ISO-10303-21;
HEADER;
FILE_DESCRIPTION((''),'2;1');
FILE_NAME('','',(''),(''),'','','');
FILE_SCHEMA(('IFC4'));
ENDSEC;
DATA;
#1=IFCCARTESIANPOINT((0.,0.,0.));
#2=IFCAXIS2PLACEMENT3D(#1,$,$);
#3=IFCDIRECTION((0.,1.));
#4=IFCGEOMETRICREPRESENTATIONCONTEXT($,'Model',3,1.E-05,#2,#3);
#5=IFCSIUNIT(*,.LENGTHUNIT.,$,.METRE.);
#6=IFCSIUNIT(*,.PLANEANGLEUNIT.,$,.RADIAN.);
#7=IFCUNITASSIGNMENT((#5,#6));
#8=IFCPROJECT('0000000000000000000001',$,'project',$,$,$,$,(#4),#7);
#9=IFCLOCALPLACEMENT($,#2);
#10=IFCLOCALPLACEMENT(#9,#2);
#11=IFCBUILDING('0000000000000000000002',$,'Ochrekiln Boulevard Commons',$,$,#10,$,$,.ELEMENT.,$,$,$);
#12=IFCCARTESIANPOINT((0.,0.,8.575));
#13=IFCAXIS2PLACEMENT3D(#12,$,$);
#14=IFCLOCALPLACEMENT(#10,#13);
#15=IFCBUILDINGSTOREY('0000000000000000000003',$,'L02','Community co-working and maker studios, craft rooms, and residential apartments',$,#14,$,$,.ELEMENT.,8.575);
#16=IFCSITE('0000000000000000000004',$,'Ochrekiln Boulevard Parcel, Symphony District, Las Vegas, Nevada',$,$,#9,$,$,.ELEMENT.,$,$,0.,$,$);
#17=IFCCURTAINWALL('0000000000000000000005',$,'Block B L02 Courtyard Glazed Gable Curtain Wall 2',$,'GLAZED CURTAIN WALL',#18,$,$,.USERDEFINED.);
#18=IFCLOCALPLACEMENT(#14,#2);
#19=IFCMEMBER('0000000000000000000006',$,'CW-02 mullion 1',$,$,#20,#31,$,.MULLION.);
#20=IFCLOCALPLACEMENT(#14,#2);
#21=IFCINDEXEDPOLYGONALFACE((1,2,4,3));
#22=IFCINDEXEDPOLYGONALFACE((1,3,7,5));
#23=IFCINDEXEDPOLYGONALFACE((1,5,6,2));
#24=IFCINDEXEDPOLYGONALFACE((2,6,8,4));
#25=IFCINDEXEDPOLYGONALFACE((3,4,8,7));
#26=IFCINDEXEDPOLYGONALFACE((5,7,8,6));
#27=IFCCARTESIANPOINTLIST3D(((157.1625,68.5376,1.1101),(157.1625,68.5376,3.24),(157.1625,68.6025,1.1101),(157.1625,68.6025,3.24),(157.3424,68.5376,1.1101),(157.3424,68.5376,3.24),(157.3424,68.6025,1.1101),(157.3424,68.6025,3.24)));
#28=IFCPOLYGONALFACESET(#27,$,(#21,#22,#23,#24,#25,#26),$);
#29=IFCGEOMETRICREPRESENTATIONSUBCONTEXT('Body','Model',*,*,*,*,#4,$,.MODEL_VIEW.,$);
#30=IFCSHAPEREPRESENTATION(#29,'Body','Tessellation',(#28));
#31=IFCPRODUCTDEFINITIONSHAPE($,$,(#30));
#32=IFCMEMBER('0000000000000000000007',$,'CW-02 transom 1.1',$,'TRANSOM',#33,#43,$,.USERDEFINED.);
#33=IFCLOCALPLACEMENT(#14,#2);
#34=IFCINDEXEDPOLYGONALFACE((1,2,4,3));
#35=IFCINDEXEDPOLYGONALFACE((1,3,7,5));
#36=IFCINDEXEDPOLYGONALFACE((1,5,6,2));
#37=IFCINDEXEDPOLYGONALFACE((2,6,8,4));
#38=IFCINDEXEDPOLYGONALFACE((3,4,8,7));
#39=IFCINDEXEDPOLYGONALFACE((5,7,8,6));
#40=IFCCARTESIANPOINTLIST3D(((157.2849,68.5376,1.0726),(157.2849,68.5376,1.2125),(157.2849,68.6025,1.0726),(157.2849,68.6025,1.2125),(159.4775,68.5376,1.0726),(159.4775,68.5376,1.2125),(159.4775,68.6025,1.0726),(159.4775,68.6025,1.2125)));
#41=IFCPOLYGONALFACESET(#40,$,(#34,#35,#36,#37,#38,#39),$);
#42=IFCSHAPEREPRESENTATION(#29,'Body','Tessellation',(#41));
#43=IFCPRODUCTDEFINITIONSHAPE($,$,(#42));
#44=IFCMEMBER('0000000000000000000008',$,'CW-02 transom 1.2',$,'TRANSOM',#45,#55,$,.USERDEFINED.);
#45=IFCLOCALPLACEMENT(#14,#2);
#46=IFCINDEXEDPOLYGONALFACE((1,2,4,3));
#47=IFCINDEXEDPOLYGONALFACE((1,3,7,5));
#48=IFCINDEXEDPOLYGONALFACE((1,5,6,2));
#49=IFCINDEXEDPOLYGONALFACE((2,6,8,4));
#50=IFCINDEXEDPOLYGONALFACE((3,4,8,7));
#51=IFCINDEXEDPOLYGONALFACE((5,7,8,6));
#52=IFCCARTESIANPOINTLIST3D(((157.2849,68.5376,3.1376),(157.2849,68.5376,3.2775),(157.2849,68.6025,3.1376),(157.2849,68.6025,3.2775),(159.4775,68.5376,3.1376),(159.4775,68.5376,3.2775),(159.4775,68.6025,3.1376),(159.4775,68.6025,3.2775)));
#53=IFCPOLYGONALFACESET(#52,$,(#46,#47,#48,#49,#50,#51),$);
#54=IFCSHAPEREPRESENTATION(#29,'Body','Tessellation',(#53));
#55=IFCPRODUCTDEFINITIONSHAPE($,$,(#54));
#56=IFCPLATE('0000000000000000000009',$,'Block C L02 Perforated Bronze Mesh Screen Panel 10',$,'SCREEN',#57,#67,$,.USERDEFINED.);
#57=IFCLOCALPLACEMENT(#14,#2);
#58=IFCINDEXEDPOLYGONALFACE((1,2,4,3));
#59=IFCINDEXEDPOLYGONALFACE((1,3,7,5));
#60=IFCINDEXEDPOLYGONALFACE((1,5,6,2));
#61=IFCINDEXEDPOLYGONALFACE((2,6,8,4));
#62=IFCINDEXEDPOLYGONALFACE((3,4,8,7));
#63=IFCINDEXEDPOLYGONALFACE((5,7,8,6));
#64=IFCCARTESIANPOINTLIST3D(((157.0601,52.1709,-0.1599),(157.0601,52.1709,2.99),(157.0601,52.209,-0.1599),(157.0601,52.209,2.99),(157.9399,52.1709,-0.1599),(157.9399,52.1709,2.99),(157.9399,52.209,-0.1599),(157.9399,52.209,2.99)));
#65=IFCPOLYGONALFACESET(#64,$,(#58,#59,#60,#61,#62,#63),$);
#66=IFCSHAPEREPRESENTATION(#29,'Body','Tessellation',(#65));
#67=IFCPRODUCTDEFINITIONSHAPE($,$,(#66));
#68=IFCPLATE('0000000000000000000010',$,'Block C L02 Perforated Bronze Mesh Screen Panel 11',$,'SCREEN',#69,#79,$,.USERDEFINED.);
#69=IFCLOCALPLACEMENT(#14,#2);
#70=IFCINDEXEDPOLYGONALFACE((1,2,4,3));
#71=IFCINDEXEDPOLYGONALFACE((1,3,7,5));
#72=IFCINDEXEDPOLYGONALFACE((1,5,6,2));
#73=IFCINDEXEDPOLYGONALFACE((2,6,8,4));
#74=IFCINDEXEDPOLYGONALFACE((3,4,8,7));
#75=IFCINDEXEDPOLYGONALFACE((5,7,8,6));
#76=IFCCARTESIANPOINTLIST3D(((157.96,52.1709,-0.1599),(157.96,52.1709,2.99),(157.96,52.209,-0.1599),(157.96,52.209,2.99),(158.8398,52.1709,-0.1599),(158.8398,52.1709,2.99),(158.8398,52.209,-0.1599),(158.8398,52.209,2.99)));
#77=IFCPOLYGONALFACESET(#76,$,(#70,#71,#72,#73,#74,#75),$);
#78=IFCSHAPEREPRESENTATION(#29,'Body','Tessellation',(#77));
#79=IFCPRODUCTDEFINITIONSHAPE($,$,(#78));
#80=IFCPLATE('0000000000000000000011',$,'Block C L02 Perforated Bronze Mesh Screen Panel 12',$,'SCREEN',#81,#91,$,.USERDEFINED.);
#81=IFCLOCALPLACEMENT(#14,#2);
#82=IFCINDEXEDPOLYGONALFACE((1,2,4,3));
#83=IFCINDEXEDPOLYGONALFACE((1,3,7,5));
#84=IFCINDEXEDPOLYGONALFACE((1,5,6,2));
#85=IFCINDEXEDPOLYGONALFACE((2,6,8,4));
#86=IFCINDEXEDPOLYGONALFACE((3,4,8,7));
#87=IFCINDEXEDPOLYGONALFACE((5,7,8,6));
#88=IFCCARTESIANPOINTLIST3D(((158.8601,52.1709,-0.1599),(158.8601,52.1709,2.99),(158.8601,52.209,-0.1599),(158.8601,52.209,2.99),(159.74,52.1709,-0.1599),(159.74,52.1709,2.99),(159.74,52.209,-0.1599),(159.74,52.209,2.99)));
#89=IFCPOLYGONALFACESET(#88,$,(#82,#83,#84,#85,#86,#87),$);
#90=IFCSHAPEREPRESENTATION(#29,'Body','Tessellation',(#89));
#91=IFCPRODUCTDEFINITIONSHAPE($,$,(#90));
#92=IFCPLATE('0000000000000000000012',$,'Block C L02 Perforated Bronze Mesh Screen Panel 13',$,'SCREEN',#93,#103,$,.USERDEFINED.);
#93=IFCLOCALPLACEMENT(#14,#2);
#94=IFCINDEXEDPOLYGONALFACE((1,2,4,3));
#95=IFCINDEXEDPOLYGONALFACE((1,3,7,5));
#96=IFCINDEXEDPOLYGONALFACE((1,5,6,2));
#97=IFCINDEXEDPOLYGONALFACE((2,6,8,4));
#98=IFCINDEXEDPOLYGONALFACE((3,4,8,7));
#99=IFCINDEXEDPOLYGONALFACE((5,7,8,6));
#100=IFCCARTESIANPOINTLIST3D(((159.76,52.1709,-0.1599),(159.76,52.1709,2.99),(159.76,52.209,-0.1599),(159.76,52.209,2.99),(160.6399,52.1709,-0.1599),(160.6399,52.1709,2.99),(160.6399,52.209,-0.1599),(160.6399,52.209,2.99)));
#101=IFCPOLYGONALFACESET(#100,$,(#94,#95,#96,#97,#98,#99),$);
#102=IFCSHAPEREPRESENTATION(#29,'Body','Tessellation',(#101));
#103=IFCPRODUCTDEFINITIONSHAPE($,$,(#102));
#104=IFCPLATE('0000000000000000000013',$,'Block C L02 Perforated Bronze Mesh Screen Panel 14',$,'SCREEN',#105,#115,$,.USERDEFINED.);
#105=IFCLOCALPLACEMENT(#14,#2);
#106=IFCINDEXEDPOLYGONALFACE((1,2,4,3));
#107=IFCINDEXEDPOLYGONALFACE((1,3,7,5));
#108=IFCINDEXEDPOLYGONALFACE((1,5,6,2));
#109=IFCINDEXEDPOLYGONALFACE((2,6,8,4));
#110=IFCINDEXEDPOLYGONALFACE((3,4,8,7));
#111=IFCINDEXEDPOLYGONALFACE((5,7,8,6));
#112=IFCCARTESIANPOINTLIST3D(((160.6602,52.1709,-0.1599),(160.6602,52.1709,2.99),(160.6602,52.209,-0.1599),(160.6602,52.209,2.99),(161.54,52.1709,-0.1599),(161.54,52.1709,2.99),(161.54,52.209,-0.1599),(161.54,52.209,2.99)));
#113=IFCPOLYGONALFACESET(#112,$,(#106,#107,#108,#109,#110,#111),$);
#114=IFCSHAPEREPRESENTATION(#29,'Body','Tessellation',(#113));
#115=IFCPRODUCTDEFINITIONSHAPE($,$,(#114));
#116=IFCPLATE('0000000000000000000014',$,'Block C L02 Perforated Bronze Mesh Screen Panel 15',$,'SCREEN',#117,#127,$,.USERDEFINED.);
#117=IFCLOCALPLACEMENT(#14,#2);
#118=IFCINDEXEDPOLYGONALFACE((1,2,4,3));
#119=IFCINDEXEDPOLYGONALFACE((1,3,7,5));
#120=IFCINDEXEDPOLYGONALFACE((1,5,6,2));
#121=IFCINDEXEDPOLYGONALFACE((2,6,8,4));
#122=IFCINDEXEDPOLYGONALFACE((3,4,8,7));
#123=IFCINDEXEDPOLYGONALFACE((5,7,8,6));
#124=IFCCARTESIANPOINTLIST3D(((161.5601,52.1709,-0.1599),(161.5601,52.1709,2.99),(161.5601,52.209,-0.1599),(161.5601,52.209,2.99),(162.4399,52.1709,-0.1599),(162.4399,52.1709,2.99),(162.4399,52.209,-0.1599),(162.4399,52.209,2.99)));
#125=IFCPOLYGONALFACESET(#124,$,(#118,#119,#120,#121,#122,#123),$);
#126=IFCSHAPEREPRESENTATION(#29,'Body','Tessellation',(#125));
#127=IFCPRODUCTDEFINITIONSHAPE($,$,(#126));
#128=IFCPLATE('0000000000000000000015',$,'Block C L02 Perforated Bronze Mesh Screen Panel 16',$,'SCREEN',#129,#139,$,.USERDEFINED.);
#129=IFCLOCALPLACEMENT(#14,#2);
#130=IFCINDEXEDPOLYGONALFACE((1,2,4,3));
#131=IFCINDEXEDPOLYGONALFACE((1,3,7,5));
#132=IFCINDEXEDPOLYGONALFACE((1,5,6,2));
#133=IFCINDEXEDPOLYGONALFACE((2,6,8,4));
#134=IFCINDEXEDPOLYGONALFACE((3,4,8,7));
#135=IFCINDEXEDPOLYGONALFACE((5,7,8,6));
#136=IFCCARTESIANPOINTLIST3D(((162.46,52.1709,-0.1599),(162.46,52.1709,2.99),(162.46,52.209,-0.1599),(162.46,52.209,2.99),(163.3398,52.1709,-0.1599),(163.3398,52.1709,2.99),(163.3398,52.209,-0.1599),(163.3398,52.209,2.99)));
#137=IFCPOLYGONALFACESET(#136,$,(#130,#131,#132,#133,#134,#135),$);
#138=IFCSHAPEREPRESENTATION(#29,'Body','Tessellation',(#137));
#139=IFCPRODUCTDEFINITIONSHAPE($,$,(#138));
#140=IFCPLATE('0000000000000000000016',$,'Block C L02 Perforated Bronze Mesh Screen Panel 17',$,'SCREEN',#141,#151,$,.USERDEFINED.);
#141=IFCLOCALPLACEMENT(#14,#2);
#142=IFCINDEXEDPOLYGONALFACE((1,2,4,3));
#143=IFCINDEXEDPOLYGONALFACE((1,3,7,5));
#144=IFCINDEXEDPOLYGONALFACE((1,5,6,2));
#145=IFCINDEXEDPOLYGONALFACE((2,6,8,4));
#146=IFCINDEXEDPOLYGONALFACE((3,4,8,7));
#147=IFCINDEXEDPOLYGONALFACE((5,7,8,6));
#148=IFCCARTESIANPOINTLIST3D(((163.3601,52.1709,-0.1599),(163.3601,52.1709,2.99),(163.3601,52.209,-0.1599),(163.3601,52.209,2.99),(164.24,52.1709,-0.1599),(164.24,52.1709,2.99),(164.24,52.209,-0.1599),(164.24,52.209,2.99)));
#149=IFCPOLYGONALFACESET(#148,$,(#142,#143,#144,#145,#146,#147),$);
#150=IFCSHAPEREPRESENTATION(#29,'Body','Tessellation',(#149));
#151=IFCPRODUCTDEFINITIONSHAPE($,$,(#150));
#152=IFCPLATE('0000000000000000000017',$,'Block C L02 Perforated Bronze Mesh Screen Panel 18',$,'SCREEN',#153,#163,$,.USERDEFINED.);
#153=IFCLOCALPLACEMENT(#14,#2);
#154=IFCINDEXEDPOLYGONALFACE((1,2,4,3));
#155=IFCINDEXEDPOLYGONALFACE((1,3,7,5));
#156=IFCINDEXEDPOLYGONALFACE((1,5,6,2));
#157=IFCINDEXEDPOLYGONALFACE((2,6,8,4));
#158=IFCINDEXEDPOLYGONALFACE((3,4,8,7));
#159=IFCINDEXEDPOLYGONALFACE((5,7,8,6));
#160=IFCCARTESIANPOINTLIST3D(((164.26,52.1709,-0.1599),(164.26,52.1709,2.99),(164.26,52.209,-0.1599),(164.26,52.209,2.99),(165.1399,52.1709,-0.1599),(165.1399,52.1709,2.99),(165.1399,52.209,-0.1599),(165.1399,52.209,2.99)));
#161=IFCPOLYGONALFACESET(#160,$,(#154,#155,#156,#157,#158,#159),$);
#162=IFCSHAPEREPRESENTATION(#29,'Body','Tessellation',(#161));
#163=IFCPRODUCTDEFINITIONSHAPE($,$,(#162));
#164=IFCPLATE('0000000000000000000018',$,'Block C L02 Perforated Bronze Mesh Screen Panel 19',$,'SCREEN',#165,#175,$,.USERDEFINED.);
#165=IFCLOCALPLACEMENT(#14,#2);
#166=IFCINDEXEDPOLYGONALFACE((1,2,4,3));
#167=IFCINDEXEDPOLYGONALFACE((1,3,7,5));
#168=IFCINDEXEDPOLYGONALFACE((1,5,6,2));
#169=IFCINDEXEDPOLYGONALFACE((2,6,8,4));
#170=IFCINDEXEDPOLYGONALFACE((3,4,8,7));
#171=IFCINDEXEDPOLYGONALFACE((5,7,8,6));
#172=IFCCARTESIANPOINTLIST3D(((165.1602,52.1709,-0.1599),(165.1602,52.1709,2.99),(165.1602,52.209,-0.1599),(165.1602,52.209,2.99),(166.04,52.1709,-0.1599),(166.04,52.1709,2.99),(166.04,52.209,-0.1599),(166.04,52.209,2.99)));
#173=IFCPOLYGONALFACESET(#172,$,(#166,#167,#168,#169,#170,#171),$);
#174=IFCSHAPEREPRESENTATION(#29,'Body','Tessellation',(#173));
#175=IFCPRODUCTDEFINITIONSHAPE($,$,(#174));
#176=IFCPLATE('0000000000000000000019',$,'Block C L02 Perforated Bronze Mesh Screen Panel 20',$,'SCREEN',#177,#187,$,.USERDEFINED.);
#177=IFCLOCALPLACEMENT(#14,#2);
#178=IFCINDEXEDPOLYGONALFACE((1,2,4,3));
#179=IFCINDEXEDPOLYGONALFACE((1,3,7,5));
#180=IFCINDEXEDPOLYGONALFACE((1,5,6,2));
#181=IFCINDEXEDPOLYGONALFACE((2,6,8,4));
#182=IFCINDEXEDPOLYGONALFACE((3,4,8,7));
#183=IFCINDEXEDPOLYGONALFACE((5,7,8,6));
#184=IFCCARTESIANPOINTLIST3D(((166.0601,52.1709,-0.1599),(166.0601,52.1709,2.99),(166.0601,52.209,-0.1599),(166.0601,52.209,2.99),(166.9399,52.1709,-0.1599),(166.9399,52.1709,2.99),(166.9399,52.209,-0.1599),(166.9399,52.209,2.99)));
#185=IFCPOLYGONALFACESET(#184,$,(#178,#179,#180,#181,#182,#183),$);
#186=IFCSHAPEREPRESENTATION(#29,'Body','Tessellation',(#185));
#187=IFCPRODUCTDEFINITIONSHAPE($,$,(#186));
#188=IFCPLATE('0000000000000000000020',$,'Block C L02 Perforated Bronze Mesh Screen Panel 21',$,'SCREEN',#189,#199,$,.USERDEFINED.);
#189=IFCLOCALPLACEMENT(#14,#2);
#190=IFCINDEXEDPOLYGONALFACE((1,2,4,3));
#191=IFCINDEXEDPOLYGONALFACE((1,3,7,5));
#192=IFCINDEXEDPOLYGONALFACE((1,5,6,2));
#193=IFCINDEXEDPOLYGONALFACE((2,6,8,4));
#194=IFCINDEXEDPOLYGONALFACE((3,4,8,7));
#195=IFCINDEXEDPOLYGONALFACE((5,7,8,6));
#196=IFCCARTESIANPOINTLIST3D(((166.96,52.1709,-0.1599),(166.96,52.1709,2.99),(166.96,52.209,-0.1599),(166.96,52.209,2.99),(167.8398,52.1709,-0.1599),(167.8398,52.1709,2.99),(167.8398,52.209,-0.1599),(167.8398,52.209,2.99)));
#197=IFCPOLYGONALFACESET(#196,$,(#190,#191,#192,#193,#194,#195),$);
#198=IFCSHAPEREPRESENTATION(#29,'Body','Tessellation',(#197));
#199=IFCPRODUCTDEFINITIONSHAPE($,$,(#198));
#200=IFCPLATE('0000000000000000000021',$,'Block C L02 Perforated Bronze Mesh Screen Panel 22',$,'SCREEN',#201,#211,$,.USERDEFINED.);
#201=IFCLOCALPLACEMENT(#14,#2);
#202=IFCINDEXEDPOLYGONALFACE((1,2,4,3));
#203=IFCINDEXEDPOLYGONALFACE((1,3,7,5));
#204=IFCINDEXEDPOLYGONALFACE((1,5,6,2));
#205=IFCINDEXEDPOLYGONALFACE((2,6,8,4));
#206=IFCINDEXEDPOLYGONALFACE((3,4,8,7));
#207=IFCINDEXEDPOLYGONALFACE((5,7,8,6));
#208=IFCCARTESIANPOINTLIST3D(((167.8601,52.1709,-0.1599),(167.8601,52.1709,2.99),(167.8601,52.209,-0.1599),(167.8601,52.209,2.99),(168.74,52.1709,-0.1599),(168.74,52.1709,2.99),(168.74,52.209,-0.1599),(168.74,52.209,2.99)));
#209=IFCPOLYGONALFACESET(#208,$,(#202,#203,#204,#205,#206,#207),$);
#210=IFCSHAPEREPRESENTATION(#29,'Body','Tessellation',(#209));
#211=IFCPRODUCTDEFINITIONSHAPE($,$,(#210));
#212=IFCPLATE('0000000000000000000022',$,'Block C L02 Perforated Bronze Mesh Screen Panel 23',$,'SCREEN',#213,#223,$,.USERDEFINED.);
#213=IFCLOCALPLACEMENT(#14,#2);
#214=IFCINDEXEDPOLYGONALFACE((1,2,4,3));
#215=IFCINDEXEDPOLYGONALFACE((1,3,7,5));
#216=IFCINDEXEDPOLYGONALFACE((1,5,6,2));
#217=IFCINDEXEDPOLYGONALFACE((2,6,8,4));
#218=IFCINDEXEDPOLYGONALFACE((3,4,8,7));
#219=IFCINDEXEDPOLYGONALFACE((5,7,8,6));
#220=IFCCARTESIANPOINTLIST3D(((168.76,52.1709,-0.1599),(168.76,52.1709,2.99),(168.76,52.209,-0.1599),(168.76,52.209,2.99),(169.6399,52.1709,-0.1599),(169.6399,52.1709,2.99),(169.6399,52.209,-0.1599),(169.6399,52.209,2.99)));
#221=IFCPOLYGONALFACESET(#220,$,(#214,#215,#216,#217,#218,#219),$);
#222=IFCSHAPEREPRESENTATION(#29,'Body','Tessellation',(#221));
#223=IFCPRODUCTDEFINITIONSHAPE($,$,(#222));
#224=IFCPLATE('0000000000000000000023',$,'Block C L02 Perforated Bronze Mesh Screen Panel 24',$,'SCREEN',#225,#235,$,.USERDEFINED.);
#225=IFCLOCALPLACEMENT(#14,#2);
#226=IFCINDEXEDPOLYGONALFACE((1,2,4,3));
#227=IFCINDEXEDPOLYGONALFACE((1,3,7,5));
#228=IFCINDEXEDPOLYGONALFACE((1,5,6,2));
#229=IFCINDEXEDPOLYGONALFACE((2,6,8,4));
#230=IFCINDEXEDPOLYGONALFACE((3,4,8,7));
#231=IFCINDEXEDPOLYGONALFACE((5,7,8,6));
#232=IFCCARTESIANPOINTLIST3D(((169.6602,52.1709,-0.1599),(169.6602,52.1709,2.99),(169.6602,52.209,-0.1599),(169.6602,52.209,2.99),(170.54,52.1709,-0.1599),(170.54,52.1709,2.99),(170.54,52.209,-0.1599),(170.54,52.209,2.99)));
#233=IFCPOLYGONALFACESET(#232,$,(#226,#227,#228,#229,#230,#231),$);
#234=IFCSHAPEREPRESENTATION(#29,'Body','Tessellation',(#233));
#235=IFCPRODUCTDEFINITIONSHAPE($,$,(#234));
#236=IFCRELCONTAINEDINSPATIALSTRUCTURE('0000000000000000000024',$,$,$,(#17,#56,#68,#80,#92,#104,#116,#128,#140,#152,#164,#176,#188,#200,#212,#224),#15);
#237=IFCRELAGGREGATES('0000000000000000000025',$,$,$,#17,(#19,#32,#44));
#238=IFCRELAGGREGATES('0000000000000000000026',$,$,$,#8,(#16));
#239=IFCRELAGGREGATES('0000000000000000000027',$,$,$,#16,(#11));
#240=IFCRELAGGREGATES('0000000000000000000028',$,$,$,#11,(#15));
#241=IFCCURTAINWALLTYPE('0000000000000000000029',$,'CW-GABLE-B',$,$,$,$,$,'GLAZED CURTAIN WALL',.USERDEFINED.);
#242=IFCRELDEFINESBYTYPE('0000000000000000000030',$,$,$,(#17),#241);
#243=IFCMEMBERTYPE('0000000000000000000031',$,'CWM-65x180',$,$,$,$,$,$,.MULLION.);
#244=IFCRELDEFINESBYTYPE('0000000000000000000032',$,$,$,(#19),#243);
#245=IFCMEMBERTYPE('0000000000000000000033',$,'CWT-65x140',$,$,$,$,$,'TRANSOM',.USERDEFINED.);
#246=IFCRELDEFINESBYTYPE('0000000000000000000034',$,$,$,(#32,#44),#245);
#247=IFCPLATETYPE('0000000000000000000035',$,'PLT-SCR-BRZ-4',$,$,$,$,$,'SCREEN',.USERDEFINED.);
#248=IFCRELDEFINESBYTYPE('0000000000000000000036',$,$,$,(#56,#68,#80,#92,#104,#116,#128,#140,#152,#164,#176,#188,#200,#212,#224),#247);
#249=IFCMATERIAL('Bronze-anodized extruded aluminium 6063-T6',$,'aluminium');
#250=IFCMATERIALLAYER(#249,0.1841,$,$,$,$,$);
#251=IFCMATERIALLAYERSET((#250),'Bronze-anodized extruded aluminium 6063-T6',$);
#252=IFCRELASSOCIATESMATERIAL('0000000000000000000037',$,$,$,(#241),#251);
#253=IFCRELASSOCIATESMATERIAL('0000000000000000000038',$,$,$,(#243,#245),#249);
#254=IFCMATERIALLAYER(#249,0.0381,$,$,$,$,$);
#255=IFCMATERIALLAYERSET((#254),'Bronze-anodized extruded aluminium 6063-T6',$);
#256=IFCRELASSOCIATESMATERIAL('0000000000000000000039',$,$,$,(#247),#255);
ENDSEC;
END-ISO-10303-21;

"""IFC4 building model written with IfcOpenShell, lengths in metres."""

from ifc_helpers import new_model, si_unit, direction, frame, origin, origin_2d, place, context, subcontext, project, spatial, rectangle, extrude, material, layer, layer_set, material_profile, profile_set, type_object, element, aggregate, save


model = new_model("IFC4")

# Units and contexts
model_context = context("Model", 3, precision=1e-05, world=origin(), true_north=direction((0.0, 1.0)))
body_context = subcontext(model_context, "Body", "Model", "MODEL_VIEW")
ifc_project = project(units=[si_unit("LENGTHUNIT", "METRE"), si_unit("PLANEANGLEUNIT", "RADIAN")], contexts=[model_context])

# Site, building, storey
site_placement = place(None, origin())
site = spatial("IfcSite", under=ifc_project, at=site_placement, Name="Ochrekiln Boulevard Parcel, Symphony District, Las Vegas, Nevada", CompositionType="ELEMENT", RefElevation=0.0)
building_placement = place(site_placement, origin())
building = spatial("IfcBuilding", under=site, at=building_placement, Name="Ochrekiln Boulevard Commons", CompositionType="ELEMENT")
storey_placement = place(building_placement, frame((0.0, 0.0, 8.575)))
storey = spatial("IfcBuildingStorey", under=building, at=storey_placement, Name="L02", Description="Community co-working and maker studios, craft rooms, and residential apartments", CompositionType="ELEMENT", Elevation=8.575)

# Curtain wall, members
ifc_material_1 = material(Name="Bronze-anodized extruded aluminium 6063-T6", Category="aluminium")
ifc_layer_1 = layer(ifc_material_1, 0.1841)
ifc_layer_set_1 = layer_set([ifc_layer_1], Name="Bronze-anodized extruded aluminium 6063-T6")
curtain_wall_type = type_object("IfcCurtainWallType", Name="CW-GABLE-B", ElementType="GLAZED CURTAIN WALL", PredefinedType="USERDEFINED", material=ifc_layer_set_1)
curtain_wall_placement = place(storey_placement, origin())
curtain_wall = element("IfcCurtainWall", 1, at=curtain_wall_placement, inside=storey, type_object=curtain_wall_type, Name="Block B L02 Courtyard Glazed Gable Curtain Wall 2", ObjectType="GLAZED CURTAIN WALL", PredefinedType="USERDEFINED")
ifc_material_profile_1 = material_profile(ifc_material_1, rectangle(XDim=0.0649, YDim=0.1799, at=origin_2d()), Name="ALU-MUL-65x180")
ifc_profile_set_1 = profile_set([ifc_material_profile_1], Name="Bronze-anodized extruded aluminium 6063-T6")
member_type_1 = type_object("IfcMemberType", Name="CWM-65x180", PredefinedType="MULLION", material=ifc_profile_set_1)
member_1_placement = place(storey_placement, frame((157.2524, 68.5701, 1.1101), z_axis=(0.0, 0.0, 1.0), x_axis=(0.0, 1.0, 0.0)))
member_1 = element("IfcMember", 2, at=member_1_placement, type_object=member_type_1, Name="CW-02 mullion 1", PredefinedType="MULLION", context=body_context, shape_type="SweptSolid", body=[
    extrude(rectangle(XDim=0.0649, YDim=0.1799, at=origin_2d()), origin(), (0.0, 0.0, 1.0), 2.1299),
])
ifc_material_profile_2 = material_profile(ifc_material_1, rectangle(XDim=0.0649, YDim=0.1399, at=origin_2d()), Name="ALU-TRN-65x140")
ifc_profile_set_2 = profile_set([ifc_material_profile_2], Name="Bronze-anodized extruded aluminium 6063-T6")
member_type_2 = type_object("IfcMemberType", Name="CWT-65x140", ElementType="TRANSOM", PredefinedType="USERDEFINED", material=ifc_profile_set_2)
member_2_placement = place(storey_placement, frame((157.2849, 68.5701, 1.1426), z_axis=(1.0, 0.0, 0.0), x_axis=(0.0, 1.0, 0.0)))
member_2 = element("IfcMember", 3, at=member_2_placement, type_object=member_type_2, Name="CW-02 transom 1.1", ObjectType="TRANSOM", PredefinedType="USERDEFINED", context=body_context, shape_type="SweptSolid", body=[
    extrude(rectangle(XDim=0.0649, YDim=0.1399, at=origin_2d()), origin(), (0.0, 0.0, 1.0), 2.1926),
])
member_3_placement = place(storey_placement, frame((157.2849, 68.5701, 3.2075), z_axis=(1.0, 0.0, 0.0), x_axis=(0.0, 1.0, 0.0)))
member_3 = element("IfcMember", 4, at=member_3_placement, type_object=member_type_2, Name="CW-02 transom 1.2", ObjectType="TRANSOM", PredefinedType="USERDEFINED", context=body_context, shape_type="SweptSolid", body=[
    extrude(rectangle(XDim=0.0649, YDim=0.1399, at=origin_2d()), origin(), (0.0, 0.0, 1.0), 2.1926),
])
aggregate(curtain_wall, [member_1, member_2, member_3])

# Plates
ifc_layer_2 = layer(ifc_material_1, 0.0381)
ifc_layer_set_2 = layer_set([ifc_layer_2], Name="Bronze-anodized extruded aluminium 6063-T6")
plate_type = type_object("IfcPlateType", Name="PLT-SCR-BRZ-4", ElementType="SCREEN", PredefinedType="USERDEFINED", material=ifc_layer_set_2)
for number, where, z_axis, x_axis, name in (
    (5, (157.5, 52.1899, -0.1599), (0.0, 0.0, 1.0), (1.0, 0.0, 0.0), "Block C L02 Perforated Bronze Mesh Screen Panel 10"),
    (6, (158.3999, 52.1899, -0.1599), (0.0, 0.0, 1.0), (1.0, 0.0, 0.0), "Block C L02 Perforated Bronze Mesh Screen Panel 11"),
    (7, (159.3, 52.1899, -0.1599), (0.0, 0.0, 1.0), (1.0, 0.0, 0.0), "Block C L02 Perforated Bronze Mesh Screen Panel 12"),
    (8, (160.2, 52.1899, -0.1599), (0.0, 0.0, 1.0), (1.0, 0.0, 0.0), "Block C L02 Perforated Bronze Mesh Screen Panel 13"),
    (9, (161.1001, 52.1899, -0.1599), (0.0, 0.0, 1.0), (1.0, 0.0, 0.0), "Block C L02 Perforated Bronze Mesh Screen Panel 14"),
    (10, (162.0, 52.1899, -0.1599), (0.0, 0.0, 1.0), (1.0, 0.0, 0.0), "Block C L02 Perforated Bronze Mesh Screen Panel 15"),
    (11, (162.8999, 52.1899, -0.1599), (0.0, 0.0, 1.0), (1.0, 0.0, 0.0), "Block C L02 Perforated Bronze Mesh Screen Panel 16"),
    (12, (163.8, 52.1899, -0.1599), (0.0, 0.0, 1.0), (1.0, 0.0, 0.0), "Block C L02 Perforated Bronze Mesh Screen Panel 17"),
    (13, (164.7, 52.1899, -0.1599), (0.0, 0.0, 1.0), (1.0, 0.0, 0.0), "Block C L02 Perforated Bronze Mesh Screen Panel 18"),
    (14, (165.6001, 52.1899, -0.1599), (0.0, 0.0, 1.0), (1.0, 0.0, 0.0), "Block C L02 Perforated Bronze Mesh Screen Panel 19"),
    (15, (166.5, 52.1899, -0.1599), (0.0, 0.0, 1.0), (1.0, 0.0, 0.0), "Block C L02 Perforated Bronze Mesh Screen Panel 20"),
    (16, (167.3999, 52.1899, -0.1599), (0.0, 0.0, 1.0), (1.0, 0.0, 0.0), "Block C L02 Perforated Bronze Mesh Screen Panel 21"),
    (17, (168.3, 52.1899, -0.1599), (0.0, 0.0, 1.0), (1.0, 0.0, 0.0), "Block C L02 Perforated Bronze Mesh Screen Panel 22"),
    (18, (169.2, 52.1899, -0.1599), (0.0, 0.0, 1.0), (1.0, 0.0, 0.0), "Block C L02 Perforated Bronze Mesh Screen Panel 23"),
    (19, (170.1001, 52.1899, -0.1599), (0.0, 0.0, 1.0), (1.0, 0.0, 0.0), "Block C L02 Perforated Bronze Mesh Screen Panel 24"),
):
    element("IfcPlate", number, at=place(storey_placement, frame(where, z_axis=z_axis, x_axis=x_axis)), inside=storey, type_object=plate_type, Name=name, ObjectType="SCREEN", PredefinedType="USERDEFINED", context=body_context, shape_type="SweptSolid", body=[
        extrude(rectangle(XDim=0.8799, YDim=0.0381, at=origin_2d()), origin(), (0.0, 0.0, 1.0), 3.1499),
    ])

save(model, "model.ifc")
